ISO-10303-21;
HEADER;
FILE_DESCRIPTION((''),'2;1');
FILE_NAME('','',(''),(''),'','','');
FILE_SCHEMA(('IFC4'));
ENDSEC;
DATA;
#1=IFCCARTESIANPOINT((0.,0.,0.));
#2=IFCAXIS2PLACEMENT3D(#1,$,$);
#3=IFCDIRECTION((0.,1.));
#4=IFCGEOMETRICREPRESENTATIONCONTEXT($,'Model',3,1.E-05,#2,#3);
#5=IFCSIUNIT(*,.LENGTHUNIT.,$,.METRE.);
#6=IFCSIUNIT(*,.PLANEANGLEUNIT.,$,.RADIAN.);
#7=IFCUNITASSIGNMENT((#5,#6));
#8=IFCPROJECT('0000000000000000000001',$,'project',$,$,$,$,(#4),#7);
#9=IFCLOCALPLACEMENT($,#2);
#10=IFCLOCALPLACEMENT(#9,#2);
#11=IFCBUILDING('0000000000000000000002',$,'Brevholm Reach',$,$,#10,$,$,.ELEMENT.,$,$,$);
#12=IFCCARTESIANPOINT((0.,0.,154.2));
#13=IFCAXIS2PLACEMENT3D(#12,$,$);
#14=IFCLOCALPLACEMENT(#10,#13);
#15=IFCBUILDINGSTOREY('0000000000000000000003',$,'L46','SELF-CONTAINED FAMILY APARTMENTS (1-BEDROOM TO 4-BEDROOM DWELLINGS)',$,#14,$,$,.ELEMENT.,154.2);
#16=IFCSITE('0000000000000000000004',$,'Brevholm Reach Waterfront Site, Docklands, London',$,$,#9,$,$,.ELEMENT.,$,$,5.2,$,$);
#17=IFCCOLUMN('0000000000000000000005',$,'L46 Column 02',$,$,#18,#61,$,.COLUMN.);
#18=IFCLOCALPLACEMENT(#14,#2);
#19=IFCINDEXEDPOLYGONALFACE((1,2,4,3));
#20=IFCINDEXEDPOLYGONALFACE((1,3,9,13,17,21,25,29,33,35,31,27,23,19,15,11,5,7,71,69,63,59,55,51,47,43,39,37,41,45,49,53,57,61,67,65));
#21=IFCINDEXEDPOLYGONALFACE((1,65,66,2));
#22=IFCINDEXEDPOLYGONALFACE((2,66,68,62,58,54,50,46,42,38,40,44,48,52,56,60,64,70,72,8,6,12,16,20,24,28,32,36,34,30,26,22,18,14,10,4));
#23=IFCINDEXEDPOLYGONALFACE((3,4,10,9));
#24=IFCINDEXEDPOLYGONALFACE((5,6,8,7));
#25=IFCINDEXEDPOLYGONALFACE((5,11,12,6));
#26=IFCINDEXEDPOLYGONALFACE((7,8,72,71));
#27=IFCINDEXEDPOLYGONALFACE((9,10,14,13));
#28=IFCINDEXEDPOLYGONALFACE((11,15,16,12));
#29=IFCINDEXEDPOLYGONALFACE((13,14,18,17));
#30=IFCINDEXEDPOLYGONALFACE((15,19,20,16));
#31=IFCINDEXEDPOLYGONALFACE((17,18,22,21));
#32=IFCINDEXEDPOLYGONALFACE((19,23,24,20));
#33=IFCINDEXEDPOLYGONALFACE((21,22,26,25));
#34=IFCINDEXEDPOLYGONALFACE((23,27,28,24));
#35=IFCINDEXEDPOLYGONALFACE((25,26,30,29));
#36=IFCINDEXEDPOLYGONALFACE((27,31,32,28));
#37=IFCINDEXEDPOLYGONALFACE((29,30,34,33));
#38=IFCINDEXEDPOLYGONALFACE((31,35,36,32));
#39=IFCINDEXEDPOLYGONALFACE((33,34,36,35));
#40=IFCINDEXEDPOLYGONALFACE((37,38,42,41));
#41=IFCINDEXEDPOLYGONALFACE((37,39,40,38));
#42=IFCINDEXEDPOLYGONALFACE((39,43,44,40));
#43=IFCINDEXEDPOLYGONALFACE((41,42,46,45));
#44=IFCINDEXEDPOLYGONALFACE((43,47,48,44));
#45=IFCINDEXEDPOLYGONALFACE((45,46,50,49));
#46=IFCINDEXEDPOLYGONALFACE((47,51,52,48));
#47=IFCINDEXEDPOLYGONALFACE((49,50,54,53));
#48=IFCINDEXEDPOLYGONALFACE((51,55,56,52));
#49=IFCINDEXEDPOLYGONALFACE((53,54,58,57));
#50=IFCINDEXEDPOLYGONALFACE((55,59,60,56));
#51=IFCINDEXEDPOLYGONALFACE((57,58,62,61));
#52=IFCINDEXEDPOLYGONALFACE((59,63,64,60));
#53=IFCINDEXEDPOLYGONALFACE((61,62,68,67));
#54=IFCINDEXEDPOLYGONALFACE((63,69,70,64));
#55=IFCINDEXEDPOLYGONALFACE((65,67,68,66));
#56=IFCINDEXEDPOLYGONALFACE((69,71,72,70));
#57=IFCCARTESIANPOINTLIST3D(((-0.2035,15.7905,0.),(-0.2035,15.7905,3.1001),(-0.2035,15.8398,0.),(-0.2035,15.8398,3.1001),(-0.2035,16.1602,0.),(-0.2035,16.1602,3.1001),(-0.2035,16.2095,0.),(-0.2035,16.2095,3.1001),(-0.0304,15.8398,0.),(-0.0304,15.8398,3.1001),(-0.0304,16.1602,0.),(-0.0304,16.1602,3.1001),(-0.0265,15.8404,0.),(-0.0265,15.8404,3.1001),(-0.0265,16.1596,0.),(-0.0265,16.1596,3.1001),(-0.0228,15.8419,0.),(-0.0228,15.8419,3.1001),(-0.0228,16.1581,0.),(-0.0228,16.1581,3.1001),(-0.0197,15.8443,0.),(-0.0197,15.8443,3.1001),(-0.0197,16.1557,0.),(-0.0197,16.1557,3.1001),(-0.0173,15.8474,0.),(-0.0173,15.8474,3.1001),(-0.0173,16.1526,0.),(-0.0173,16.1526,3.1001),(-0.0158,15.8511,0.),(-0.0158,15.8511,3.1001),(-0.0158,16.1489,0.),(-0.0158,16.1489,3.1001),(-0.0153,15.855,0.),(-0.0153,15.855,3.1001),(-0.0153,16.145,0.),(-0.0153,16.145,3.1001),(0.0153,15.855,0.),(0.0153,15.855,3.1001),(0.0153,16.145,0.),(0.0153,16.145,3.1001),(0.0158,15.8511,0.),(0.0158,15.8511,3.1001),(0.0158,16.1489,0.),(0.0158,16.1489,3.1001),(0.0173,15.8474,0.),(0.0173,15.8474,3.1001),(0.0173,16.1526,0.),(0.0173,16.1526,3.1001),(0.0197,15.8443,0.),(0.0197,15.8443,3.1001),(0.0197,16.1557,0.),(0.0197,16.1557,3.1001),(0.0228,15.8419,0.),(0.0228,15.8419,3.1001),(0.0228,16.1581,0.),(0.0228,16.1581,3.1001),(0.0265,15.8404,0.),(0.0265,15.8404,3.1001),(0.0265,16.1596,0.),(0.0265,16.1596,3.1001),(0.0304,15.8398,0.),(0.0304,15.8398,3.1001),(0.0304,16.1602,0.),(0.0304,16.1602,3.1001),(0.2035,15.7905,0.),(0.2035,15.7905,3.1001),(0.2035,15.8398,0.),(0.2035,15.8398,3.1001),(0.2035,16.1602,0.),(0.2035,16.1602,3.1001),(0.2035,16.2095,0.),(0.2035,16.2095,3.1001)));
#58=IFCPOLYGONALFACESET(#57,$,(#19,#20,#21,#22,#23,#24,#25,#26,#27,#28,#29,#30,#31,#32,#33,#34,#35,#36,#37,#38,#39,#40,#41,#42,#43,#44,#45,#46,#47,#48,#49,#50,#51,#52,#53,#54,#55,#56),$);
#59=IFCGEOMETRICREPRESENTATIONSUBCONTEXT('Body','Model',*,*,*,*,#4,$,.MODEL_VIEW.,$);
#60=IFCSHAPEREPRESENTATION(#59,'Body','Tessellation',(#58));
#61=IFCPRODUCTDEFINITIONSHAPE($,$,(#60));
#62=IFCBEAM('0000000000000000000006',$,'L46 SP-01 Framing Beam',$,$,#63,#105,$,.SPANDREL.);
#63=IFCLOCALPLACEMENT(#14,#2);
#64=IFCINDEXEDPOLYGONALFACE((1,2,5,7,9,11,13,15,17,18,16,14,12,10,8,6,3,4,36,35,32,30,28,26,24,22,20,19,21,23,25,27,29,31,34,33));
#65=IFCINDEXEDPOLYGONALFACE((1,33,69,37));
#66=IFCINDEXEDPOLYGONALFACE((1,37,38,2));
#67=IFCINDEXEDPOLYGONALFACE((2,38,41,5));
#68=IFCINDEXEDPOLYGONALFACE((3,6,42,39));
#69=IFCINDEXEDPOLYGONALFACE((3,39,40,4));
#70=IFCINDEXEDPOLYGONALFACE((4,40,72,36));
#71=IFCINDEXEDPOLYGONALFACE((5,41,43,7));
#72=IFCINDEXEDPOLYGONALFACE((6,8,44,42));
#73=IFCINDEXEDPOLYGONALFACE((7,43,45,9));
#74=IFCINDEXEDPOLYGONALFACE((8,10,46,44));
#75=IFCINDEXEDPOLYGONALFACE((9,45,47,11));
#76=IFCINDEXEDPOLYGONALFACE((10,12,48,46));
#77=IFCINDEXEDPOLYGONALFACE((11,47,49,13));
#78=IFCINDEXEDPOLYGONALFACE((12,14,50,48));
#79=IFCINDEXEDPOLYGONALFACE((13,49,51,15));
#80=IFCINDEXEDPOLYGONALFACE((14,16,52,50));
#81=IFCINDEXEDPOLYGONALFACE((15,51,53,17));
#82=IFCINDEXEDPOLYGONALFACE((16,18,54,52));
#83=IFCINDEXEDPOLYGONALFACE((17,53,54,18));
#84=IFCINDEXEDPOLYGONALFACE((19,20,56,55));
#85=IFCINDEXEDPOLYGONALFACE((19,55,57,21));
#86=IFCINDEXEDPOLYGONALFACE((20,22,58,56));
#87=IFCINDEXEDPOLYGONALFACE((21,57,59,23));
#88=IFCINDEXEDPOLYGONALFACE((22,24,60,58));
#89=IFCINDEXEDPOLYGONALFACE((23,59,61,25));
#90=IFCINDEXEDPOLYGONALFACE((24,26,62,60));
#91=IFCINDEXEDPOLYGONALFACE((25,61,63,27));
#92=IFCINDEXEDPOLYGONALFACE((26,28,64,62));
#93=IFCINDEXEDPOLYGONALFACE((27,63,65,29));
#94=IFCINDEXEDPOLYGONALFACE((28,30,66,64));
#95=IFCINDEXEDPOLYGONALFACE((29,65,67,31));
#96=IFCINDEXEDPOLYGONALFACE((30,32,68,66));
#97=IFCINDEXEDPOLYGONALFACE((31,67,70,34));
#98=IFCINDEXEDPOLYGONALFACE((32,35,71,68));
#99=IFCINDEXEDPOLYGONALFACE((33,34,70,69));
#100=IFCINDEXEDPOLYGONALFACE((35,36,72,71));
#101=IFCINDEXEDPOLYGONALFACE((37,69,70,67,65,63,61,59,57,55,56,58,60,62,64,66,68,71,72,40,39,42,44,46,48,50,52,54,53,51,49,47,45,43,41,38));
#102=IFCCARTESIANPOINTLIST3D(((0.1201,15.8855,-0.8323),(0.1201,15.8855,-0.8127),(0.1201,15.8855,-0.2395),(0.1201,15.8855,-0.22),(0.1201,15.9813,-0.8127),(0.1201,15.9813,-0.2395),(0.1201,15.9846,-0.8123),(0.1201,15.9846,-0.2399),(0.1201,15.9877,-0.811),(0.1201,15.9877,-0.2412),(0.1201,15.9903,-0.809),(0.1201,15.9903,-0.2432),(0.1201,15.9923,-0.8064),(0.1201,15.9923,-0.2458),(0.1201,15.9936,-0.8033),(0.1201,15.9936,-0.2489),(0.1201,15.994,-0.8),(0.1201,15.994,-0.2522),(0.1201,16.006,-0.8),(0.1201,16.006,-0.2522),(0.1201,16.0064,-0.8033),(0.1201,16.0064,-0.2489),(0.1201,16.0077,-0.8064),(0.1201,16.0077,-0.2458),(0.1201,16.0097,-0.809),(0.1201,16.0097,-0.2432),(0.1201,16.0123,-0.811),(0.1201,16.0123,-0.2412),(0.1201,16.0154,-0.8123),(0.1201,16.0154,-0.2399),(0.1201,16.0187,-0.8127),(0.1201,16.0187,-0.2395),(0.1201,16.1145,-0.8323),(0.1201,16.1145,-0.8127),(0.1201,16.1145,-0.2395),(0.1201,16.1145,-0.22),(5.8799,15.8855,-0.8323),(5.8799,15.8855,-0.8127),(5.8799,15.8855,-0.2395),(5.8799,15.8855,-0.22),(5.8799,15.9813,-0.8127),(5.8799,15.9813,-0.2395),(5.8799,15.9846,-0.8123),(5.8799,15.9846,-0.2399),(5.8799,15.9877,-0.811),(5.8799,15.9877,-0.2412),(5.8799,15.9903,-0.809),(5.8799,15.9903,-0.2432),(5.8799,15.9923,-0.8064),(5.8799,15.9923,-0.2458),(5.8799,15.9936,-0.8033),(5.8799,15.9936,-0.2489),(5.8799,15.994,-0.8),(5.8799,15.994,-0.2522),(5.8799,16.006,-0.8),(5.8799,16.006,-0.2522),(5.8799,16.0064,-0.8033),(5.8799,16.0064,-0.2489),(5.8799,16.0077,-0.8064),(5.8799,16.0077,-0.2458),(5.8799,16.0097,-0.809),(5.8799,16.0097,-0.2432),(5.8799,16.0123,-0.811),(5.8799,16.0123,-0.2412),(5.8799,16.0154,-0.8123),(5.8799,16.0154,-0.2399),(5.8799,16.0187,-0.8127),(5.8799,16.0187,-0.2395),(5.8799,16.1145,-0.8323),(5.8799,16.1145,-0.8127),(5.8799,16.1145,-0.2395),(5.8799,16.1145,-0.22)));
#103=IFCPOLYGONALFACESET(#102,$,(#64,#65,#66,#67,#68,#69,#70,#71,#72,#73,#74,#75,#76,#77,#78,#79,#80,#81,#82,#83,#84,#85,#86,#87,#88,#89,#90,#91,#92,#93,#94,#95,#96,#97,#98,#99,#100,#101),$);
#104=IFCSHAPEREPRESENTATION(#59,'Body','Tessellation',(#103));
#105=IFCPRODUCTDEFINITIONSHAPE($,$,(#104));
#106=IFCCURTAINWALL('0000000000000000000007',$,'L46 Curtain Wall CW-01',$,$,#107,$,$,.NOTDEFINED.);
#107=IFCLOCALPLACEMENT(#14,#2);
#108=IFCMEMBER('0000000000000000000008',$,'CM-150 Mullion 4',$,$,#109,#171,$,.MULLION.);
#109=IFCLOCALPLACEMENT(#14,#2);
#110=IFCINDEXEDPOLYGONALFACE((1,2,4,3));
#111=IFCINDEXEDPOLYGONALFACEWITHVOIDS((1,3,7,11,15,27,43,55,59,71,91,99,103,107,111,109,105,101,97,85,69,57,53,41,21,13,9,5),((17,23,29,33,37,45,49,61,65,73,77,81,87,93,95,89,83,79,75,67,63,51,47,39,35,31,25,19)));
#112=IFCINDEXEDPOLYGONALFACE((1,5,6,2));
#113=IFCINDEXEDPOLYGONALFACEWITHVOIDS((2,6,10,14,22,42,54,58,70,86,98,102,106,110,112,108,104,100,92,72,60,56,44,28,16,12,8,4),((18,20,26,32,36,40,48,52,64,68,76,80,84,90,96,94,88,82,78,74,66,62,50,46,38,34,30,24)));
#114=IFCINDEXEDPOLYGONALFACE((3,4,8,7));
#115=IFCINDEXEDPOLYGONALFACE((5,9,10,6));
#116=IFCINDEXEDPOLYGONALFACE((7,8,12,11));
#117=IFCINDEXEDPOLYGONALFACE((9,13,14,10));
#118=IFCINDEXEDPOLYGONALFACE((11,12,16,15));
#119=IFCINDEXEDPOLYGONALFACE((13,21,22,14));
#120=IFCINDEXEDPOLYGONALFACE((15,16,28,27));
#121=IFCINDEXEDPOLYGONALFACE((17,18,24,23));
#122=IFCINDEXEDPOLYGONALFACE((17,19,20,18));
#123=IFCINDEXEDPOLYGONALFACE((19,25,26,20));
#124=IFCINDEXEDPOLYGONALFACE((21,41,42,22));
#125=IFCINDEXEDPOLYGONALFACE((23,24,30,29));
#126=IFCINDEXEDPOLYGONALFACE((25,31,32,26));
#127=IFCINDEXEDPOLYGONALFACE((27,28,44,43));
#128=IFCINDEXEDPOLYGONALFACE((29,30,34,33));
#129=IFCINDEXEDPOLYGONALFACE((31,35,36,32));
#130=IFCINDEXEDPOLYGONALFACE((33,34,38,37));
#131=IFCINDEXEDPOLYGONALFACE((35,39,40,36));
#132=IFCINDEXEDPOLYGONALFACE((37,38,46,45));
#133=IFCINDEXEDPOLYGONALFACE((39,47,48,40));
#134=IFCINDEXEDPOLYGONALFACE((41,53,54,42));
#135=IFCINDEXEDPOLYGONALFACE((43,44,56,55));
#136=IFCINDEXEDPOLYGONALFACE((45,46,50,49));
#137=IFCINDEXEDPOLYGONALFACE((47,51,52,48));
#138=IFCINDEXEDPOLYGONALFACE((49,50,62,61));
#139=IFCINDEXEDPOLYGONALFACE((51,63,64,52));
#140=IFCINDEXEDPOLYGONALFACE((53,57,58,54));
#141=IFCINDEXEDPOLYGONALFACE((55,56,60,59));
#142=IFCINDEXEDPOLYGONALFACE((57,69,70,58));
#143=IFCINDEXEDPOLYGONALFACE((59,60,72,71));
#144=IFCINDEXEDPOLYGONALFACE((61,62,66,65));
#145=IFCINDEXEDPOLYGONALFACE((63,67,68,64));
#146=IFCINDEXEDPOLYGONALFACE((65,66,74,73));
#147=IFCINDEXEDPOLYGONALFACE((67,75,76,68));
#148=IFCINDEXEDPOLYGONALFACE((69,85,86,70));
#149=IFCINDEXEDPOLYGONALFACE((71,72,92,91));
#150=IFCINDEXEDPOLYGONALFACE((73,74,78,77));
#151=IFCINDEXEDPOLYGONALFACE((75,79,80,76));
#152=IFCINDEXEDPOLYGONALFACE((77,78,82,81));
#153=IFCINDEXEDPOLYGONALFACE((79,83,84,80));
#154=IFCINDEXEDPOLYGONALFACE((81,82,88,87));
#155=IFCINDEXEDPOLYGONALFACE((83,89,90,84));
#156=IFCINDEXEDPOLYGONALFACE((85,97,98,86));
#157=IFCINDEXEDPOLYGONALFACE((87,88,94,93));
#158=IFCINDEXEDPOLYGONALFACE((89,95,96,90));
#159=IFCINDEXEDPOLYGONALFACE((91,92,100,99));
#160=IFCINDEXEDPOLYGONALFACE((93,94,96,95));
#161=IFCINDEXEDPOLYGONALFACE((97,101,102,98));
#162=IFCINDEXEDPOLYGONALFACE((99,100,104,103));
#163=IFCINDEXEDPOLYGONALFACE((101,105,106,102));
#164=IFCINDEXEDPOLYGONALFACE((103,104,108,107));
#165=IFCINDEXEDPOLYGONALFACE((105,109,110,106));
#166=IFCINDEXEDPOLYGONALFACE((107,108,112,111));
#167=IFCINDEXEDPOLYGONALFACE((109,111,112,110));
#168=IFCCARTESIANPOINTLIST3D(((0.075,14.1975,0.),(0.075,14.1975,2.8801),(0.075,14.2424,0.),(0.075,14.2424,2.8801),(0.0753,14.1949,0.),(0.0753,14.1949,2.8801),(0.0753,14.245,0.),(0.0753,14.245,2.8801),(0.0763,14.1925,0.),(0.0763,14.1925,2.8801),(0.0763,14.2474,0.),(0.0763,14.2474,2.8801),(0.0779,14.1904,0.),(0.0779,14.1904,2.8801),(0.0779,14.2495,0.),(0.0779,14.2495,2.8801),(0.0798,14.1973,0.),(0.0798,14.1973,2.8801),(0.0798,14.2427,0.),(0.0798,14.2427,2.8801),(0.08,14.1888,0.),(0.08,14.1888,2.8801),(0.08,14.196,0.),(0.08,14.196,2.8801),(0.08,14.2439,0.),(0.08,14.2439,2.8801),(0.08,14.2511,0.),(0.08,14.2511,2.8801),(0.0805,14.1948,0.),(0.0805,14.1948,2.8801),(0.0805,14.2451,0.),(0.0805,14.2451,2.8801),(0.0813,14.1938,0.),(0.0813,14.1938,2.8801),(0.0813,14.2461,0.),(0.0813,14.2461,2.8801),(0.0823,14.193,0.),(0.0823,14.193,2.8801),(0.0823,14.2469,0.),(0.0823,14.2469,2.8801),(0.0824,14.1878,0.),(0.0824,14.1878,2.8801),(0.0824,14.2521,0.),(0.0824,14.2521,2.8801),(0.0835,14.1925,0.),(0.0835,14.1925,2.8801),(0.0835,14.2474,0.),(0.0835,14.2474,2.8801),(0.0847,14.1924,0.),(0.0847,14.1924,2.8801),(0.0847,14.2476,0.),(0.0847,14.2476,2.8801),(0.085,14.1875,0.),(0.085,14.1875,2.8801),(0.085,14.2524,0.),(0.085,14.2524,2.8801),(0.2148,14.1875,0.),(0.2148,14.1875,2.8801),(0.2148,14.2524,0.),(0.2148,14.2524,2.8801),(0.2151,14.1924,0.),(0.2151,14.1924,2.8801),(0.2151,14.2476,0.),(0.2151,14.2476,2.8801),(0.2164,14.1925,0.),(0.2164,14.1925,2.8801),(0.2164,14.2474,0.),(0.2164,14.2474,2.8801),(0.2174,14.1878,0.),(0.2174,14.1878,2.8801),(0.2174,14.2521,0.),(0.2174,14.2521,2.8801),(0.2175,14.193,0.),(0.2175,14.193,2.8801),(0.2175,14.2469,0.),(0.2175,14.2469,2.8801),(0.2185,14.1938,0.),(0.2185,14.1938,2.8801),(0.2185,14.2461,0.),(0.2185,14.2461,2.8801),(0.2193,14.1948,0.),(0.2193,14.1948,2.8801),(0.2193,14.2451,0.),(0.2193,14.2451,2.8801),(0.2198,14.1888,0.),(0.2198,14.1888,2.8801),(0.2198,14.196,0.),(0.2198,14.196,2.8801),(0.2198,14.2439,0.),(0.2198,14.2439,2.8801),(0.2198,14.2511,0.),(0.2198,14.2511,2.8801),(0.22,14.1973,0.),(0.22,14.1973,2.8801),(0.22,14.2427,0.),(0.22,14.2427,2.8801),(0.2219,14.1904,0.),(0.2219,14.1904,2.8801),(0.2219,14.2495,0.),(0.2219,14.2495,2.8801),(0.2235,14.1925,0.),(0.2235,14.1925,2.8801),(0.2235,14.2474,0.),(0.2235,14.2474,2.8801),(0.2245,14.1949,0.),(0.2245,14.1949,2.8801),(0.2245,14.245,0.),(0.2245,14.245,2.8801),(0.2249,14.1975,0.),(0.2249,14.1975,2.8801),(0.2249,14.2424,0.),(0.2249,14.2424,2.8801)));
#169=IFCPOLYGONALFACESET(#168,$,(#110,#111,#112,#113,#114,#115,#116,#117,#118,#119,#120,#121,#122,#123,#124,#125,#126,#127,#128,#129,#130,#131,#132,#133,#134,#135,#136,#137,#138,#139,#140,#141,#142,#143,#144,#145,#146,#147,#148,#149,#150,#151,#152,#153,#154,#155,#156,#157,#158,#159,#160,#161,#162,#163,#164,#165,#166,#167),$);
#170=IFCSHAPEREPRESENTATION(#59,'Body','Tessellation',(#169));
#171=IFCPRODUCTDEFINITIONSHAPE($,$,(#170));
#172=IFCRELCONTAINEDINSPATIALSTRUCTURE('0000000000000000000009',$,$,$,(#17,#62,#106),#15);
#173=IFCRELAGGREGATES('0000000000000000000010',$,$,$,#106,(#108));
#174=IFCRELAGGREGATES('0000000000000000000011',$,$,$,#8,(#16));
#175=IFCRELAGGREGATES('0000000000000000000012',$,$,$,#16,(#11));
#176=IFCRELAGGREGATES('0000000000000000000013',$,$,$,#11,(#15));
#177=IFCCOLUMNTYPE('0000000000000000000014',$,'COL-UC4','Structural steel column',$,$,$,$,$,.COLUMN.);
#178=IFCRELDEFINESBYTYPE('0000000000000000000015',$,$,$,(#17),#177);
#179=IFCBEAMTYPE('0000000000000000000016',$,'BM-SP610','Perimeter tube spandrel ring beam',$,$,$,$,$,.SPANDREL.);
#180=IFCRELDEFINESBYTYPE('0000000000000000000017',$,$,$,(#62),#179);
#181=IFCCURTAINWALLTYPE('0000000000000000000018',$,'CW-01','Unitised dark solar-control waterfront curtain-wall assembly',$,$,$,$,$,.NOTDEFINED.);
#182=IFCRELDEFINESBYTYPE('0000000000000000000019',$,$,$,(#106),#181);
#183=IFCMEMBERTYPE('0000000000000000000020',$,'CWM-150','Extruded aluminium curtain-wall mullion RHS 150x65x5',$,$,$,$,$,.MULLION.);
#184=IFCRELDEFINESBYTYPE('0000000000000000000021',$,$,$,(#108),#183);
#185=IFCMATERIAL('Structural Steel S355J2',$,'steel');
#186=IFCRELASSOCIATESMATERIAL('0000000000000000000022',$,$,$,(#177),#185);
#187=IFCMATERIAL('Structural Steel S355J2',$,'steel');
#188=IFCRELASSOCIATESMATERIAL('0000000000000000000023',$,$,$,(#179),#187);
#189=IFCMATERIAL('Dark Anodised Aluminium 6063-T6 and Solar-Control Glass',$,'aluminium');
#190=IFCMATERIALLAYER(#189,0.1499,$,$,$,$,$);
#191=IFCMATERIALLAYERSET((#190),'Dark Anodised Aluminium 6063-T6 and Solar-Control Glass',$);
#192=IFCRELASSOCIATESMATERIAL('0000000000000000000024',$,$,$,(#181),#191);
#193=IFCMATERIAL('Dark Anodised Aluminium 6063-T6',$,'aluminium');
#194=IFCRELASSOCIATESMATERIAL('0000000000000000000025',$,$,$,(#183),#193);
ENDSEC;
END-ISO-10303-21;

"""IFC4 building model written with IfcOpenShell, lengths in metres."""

from ifc_helpers import new_model, si_unit, direction, frame, origin, origin_2d, place, context, subcontext, project, spatial, hollow_rectangle, i_section, extrude, material, layer, layer_set, material_profile, profile_set, type_object, element, aggregate, save


model = new_model("IFC4")

# Units and contexts
model_context = context("Model", 3, precision=1e-05, world=origin(), true_north=direction((0.0, 1.0)))
body_context = subcontext(model_context, "Body", "Model", "MODEL_VIEW")
ifc_project = project(units=[si_unit("LENGTHUNIT", "METRE"), si_unit("PLANEANGLEUNIT", "RADIAN")], contexts=[model_context])

# Site, building, storey
site_placement = place(None, origin())
site = spatial("IfcSite", under=ifc_project, at=site_placement, Name="Brevholm Reach Waterfront Site, Docklands, London", CompositionType="ELEMENT", RefElevation=5.2)
building_placement = place(site_placement, origin())
building = spatial("IfcBuilding", under=site, at=building_placement, Name="Brevholm Reach", CompositionType="ELEMENT")
storey_placement = place(building_placement, frame((0.0, 0.0, 154.2)))
storey = spatial("IfcBuildingStorey", under=building, at=storey_placement, Name="L46", Description="SELF-CONTAINED FAMILY APARTMENTS (1-BEDROOM TO 4-BEDROOM DWELLINGS)", CompositionType="ELEMENT", Elevation=154.2)

# Column
ifc_material_1 = material(Name="Structural Steel S355J2", Category="steel")
ifc_material_profile_1 = material_profile(ifc_material_1, i_section(OverallWidth=0.407, OverallDepth=0.4189, WebThickness=0.0305, FlangeThickness=0.0493, FilletRadius=0.0151, at=origin_2d()), Name="UKC 356x406x393")
ifc_profile_set_1 = profile_set([ifc_material_profile_1], Name="Structural Steel S355J2")
column_type = type_object("IfcColumnType", Name="COL-UC4", Description="Structural steel column", PredefinedType="COLUMN", material=ifc_profile_set_1)
column_placement = place(storey_placement, frame((0.0, 16.0, 0.0), z_axis=(0.0, 0.0, 1.0), x_axis=(1.0, 0.0, 0.0)))
element("IfcColumn", 1, at=column_placement, inside=storey, type_object=column_type, Name="L46 Column 02", PredefinedType="COLUMN", context=body_context, shape_type="SweptSolid", body=[
    extrude(i_section(OverallWidth=0.407, OverallDepth=0.4189, WebThickness=0.0305, FlangeThickness=0.0493, FilletRadius=0.0151, at=origin_2d()), origin(), (0.0, 0.0, 1.0), 3.1001),
])

# Beam
ifc_material_2 = material(Name="Structural Steel S355J2", Category="steel")
ifc_material_profile_2 = material_profile(ifc_material_2, i_section(OverallWidth=0.229, OverallDepth=0.6123, WebThickness=0.012, FlangeThickness=0.0195, FilletRadius=0.0127, at=origin_2d()), Name="UKB 610x229x125")
ifc_profile_set_2 = profile_set([ifc_material_profile_2], Name="Structural Steel S355J2")
beam_type = type_object("IfcBeamType", Name="BM-SP610", Description="Perimeter tube spandrel ring beam", PredefinedType="SPANDREL", material=ifc_profile_set_2)
beam_placement = place(storey_placement, frame((0.1201, 16.0, -0.5261), z_axis=(1.0, 0.0, 0.0), x_axis=(0.0, 1.0, 0.0)))
element("IfcBeam", 2, at=beam_placement, inside=storey, type_object=beam_type, Name="L46 SP-01 Framing Beam", PredefinedType="SPANDREL", context=body_context, shape_type="SweptSolid", body=[
    extrude(i_section(OverallWidth=0.229, OverallDepth=0.6123, WebThickness=0.012, FlangeThickness=0.0195, FilletRadius=0.0127, at=origin_2d()), origin(), (0.0, 0.0, 1.0), 5.7598),
])

# Curtain wall, member
ifc_material_3 = material(Name="Dark Anodised Aluminium 6063-T6 and Solar-Control Glass", Category="aluminium")
ifc_layer_1 = layer(ifc_material_3, 0.1499)
ifc_layer_set_1 = layer_set([ifc_layer_1], Name="Dark Anodised Aluminium 6063-T6 and Solar-Control Glass")
curtain_wall_type = type_object("IfcCurtainWallType", Name="CW-01", Description="Unitised dark solar-control waterfront curtain-wall assembly", PredefinedType="NOTDEFINED", material=ifc_layer_set_1)
curtain_wall_placement = place(storey_placement, origin())
curtain_wall = element("IfcCurtainWall", 3, at=curtain_wall_placement, inside=storey, type_object=curtain_wall_type, Name="L46 Curtain Wall CW-01", PredefinedType="NOTDEFINED")
ifc_material_4 = material(Name="Dark Anodised Aluminium 6063-T6", Category="aluminium")
ifc_material_profile_3 = material_profile(ifc_material_4, hollow_rectangle(XDim=0.0649, YDim=0.1499, WallThickness=0.0049, InnerFilletRadius=0.0049, OuterFilletRadius=0.01, at=origin_2d()), Name="RHS 150x65x5")
ifc_profile_set_3 = profile_set([ifc_material_profile_3], Name="Dark Anodised Aluminium 6063-T6")
member_type_1 = type_object("IfcMemberType", Name="CWM-150", Description="Extruded aluminium curtain-wall mullion RHS 150x65x5", PredefinedType="MULLION", material=ifc_profile_set_3)
member_1_placement = place(storey_placement, frame((0.1499, 14.22, 0.0), z_axis=(0.0, 0.0, 1.0), x_axis=(0.0, -1.0, 0.0)))
member_1 = element("IfcMember", 4, at=member_1_placement, type_object=member_type_1, Name="CM-150 Mullion 4", PredefinedType="MULLION", context=body_context, shape_type="SweptSolid", body=[
    extrude(hollow_rectangle(XDim=0.0649, YDim=0.1499, WallThickness=0.0049, InnerFilletRadius=0.0049, OuterFilletRadius=0.01, at=origin_2d()), origin(), (0.0, 0.0, 1.0), 2.8801),
])
aggregate(curtain_wall, [member_1])

save(model, "model.ifc")
